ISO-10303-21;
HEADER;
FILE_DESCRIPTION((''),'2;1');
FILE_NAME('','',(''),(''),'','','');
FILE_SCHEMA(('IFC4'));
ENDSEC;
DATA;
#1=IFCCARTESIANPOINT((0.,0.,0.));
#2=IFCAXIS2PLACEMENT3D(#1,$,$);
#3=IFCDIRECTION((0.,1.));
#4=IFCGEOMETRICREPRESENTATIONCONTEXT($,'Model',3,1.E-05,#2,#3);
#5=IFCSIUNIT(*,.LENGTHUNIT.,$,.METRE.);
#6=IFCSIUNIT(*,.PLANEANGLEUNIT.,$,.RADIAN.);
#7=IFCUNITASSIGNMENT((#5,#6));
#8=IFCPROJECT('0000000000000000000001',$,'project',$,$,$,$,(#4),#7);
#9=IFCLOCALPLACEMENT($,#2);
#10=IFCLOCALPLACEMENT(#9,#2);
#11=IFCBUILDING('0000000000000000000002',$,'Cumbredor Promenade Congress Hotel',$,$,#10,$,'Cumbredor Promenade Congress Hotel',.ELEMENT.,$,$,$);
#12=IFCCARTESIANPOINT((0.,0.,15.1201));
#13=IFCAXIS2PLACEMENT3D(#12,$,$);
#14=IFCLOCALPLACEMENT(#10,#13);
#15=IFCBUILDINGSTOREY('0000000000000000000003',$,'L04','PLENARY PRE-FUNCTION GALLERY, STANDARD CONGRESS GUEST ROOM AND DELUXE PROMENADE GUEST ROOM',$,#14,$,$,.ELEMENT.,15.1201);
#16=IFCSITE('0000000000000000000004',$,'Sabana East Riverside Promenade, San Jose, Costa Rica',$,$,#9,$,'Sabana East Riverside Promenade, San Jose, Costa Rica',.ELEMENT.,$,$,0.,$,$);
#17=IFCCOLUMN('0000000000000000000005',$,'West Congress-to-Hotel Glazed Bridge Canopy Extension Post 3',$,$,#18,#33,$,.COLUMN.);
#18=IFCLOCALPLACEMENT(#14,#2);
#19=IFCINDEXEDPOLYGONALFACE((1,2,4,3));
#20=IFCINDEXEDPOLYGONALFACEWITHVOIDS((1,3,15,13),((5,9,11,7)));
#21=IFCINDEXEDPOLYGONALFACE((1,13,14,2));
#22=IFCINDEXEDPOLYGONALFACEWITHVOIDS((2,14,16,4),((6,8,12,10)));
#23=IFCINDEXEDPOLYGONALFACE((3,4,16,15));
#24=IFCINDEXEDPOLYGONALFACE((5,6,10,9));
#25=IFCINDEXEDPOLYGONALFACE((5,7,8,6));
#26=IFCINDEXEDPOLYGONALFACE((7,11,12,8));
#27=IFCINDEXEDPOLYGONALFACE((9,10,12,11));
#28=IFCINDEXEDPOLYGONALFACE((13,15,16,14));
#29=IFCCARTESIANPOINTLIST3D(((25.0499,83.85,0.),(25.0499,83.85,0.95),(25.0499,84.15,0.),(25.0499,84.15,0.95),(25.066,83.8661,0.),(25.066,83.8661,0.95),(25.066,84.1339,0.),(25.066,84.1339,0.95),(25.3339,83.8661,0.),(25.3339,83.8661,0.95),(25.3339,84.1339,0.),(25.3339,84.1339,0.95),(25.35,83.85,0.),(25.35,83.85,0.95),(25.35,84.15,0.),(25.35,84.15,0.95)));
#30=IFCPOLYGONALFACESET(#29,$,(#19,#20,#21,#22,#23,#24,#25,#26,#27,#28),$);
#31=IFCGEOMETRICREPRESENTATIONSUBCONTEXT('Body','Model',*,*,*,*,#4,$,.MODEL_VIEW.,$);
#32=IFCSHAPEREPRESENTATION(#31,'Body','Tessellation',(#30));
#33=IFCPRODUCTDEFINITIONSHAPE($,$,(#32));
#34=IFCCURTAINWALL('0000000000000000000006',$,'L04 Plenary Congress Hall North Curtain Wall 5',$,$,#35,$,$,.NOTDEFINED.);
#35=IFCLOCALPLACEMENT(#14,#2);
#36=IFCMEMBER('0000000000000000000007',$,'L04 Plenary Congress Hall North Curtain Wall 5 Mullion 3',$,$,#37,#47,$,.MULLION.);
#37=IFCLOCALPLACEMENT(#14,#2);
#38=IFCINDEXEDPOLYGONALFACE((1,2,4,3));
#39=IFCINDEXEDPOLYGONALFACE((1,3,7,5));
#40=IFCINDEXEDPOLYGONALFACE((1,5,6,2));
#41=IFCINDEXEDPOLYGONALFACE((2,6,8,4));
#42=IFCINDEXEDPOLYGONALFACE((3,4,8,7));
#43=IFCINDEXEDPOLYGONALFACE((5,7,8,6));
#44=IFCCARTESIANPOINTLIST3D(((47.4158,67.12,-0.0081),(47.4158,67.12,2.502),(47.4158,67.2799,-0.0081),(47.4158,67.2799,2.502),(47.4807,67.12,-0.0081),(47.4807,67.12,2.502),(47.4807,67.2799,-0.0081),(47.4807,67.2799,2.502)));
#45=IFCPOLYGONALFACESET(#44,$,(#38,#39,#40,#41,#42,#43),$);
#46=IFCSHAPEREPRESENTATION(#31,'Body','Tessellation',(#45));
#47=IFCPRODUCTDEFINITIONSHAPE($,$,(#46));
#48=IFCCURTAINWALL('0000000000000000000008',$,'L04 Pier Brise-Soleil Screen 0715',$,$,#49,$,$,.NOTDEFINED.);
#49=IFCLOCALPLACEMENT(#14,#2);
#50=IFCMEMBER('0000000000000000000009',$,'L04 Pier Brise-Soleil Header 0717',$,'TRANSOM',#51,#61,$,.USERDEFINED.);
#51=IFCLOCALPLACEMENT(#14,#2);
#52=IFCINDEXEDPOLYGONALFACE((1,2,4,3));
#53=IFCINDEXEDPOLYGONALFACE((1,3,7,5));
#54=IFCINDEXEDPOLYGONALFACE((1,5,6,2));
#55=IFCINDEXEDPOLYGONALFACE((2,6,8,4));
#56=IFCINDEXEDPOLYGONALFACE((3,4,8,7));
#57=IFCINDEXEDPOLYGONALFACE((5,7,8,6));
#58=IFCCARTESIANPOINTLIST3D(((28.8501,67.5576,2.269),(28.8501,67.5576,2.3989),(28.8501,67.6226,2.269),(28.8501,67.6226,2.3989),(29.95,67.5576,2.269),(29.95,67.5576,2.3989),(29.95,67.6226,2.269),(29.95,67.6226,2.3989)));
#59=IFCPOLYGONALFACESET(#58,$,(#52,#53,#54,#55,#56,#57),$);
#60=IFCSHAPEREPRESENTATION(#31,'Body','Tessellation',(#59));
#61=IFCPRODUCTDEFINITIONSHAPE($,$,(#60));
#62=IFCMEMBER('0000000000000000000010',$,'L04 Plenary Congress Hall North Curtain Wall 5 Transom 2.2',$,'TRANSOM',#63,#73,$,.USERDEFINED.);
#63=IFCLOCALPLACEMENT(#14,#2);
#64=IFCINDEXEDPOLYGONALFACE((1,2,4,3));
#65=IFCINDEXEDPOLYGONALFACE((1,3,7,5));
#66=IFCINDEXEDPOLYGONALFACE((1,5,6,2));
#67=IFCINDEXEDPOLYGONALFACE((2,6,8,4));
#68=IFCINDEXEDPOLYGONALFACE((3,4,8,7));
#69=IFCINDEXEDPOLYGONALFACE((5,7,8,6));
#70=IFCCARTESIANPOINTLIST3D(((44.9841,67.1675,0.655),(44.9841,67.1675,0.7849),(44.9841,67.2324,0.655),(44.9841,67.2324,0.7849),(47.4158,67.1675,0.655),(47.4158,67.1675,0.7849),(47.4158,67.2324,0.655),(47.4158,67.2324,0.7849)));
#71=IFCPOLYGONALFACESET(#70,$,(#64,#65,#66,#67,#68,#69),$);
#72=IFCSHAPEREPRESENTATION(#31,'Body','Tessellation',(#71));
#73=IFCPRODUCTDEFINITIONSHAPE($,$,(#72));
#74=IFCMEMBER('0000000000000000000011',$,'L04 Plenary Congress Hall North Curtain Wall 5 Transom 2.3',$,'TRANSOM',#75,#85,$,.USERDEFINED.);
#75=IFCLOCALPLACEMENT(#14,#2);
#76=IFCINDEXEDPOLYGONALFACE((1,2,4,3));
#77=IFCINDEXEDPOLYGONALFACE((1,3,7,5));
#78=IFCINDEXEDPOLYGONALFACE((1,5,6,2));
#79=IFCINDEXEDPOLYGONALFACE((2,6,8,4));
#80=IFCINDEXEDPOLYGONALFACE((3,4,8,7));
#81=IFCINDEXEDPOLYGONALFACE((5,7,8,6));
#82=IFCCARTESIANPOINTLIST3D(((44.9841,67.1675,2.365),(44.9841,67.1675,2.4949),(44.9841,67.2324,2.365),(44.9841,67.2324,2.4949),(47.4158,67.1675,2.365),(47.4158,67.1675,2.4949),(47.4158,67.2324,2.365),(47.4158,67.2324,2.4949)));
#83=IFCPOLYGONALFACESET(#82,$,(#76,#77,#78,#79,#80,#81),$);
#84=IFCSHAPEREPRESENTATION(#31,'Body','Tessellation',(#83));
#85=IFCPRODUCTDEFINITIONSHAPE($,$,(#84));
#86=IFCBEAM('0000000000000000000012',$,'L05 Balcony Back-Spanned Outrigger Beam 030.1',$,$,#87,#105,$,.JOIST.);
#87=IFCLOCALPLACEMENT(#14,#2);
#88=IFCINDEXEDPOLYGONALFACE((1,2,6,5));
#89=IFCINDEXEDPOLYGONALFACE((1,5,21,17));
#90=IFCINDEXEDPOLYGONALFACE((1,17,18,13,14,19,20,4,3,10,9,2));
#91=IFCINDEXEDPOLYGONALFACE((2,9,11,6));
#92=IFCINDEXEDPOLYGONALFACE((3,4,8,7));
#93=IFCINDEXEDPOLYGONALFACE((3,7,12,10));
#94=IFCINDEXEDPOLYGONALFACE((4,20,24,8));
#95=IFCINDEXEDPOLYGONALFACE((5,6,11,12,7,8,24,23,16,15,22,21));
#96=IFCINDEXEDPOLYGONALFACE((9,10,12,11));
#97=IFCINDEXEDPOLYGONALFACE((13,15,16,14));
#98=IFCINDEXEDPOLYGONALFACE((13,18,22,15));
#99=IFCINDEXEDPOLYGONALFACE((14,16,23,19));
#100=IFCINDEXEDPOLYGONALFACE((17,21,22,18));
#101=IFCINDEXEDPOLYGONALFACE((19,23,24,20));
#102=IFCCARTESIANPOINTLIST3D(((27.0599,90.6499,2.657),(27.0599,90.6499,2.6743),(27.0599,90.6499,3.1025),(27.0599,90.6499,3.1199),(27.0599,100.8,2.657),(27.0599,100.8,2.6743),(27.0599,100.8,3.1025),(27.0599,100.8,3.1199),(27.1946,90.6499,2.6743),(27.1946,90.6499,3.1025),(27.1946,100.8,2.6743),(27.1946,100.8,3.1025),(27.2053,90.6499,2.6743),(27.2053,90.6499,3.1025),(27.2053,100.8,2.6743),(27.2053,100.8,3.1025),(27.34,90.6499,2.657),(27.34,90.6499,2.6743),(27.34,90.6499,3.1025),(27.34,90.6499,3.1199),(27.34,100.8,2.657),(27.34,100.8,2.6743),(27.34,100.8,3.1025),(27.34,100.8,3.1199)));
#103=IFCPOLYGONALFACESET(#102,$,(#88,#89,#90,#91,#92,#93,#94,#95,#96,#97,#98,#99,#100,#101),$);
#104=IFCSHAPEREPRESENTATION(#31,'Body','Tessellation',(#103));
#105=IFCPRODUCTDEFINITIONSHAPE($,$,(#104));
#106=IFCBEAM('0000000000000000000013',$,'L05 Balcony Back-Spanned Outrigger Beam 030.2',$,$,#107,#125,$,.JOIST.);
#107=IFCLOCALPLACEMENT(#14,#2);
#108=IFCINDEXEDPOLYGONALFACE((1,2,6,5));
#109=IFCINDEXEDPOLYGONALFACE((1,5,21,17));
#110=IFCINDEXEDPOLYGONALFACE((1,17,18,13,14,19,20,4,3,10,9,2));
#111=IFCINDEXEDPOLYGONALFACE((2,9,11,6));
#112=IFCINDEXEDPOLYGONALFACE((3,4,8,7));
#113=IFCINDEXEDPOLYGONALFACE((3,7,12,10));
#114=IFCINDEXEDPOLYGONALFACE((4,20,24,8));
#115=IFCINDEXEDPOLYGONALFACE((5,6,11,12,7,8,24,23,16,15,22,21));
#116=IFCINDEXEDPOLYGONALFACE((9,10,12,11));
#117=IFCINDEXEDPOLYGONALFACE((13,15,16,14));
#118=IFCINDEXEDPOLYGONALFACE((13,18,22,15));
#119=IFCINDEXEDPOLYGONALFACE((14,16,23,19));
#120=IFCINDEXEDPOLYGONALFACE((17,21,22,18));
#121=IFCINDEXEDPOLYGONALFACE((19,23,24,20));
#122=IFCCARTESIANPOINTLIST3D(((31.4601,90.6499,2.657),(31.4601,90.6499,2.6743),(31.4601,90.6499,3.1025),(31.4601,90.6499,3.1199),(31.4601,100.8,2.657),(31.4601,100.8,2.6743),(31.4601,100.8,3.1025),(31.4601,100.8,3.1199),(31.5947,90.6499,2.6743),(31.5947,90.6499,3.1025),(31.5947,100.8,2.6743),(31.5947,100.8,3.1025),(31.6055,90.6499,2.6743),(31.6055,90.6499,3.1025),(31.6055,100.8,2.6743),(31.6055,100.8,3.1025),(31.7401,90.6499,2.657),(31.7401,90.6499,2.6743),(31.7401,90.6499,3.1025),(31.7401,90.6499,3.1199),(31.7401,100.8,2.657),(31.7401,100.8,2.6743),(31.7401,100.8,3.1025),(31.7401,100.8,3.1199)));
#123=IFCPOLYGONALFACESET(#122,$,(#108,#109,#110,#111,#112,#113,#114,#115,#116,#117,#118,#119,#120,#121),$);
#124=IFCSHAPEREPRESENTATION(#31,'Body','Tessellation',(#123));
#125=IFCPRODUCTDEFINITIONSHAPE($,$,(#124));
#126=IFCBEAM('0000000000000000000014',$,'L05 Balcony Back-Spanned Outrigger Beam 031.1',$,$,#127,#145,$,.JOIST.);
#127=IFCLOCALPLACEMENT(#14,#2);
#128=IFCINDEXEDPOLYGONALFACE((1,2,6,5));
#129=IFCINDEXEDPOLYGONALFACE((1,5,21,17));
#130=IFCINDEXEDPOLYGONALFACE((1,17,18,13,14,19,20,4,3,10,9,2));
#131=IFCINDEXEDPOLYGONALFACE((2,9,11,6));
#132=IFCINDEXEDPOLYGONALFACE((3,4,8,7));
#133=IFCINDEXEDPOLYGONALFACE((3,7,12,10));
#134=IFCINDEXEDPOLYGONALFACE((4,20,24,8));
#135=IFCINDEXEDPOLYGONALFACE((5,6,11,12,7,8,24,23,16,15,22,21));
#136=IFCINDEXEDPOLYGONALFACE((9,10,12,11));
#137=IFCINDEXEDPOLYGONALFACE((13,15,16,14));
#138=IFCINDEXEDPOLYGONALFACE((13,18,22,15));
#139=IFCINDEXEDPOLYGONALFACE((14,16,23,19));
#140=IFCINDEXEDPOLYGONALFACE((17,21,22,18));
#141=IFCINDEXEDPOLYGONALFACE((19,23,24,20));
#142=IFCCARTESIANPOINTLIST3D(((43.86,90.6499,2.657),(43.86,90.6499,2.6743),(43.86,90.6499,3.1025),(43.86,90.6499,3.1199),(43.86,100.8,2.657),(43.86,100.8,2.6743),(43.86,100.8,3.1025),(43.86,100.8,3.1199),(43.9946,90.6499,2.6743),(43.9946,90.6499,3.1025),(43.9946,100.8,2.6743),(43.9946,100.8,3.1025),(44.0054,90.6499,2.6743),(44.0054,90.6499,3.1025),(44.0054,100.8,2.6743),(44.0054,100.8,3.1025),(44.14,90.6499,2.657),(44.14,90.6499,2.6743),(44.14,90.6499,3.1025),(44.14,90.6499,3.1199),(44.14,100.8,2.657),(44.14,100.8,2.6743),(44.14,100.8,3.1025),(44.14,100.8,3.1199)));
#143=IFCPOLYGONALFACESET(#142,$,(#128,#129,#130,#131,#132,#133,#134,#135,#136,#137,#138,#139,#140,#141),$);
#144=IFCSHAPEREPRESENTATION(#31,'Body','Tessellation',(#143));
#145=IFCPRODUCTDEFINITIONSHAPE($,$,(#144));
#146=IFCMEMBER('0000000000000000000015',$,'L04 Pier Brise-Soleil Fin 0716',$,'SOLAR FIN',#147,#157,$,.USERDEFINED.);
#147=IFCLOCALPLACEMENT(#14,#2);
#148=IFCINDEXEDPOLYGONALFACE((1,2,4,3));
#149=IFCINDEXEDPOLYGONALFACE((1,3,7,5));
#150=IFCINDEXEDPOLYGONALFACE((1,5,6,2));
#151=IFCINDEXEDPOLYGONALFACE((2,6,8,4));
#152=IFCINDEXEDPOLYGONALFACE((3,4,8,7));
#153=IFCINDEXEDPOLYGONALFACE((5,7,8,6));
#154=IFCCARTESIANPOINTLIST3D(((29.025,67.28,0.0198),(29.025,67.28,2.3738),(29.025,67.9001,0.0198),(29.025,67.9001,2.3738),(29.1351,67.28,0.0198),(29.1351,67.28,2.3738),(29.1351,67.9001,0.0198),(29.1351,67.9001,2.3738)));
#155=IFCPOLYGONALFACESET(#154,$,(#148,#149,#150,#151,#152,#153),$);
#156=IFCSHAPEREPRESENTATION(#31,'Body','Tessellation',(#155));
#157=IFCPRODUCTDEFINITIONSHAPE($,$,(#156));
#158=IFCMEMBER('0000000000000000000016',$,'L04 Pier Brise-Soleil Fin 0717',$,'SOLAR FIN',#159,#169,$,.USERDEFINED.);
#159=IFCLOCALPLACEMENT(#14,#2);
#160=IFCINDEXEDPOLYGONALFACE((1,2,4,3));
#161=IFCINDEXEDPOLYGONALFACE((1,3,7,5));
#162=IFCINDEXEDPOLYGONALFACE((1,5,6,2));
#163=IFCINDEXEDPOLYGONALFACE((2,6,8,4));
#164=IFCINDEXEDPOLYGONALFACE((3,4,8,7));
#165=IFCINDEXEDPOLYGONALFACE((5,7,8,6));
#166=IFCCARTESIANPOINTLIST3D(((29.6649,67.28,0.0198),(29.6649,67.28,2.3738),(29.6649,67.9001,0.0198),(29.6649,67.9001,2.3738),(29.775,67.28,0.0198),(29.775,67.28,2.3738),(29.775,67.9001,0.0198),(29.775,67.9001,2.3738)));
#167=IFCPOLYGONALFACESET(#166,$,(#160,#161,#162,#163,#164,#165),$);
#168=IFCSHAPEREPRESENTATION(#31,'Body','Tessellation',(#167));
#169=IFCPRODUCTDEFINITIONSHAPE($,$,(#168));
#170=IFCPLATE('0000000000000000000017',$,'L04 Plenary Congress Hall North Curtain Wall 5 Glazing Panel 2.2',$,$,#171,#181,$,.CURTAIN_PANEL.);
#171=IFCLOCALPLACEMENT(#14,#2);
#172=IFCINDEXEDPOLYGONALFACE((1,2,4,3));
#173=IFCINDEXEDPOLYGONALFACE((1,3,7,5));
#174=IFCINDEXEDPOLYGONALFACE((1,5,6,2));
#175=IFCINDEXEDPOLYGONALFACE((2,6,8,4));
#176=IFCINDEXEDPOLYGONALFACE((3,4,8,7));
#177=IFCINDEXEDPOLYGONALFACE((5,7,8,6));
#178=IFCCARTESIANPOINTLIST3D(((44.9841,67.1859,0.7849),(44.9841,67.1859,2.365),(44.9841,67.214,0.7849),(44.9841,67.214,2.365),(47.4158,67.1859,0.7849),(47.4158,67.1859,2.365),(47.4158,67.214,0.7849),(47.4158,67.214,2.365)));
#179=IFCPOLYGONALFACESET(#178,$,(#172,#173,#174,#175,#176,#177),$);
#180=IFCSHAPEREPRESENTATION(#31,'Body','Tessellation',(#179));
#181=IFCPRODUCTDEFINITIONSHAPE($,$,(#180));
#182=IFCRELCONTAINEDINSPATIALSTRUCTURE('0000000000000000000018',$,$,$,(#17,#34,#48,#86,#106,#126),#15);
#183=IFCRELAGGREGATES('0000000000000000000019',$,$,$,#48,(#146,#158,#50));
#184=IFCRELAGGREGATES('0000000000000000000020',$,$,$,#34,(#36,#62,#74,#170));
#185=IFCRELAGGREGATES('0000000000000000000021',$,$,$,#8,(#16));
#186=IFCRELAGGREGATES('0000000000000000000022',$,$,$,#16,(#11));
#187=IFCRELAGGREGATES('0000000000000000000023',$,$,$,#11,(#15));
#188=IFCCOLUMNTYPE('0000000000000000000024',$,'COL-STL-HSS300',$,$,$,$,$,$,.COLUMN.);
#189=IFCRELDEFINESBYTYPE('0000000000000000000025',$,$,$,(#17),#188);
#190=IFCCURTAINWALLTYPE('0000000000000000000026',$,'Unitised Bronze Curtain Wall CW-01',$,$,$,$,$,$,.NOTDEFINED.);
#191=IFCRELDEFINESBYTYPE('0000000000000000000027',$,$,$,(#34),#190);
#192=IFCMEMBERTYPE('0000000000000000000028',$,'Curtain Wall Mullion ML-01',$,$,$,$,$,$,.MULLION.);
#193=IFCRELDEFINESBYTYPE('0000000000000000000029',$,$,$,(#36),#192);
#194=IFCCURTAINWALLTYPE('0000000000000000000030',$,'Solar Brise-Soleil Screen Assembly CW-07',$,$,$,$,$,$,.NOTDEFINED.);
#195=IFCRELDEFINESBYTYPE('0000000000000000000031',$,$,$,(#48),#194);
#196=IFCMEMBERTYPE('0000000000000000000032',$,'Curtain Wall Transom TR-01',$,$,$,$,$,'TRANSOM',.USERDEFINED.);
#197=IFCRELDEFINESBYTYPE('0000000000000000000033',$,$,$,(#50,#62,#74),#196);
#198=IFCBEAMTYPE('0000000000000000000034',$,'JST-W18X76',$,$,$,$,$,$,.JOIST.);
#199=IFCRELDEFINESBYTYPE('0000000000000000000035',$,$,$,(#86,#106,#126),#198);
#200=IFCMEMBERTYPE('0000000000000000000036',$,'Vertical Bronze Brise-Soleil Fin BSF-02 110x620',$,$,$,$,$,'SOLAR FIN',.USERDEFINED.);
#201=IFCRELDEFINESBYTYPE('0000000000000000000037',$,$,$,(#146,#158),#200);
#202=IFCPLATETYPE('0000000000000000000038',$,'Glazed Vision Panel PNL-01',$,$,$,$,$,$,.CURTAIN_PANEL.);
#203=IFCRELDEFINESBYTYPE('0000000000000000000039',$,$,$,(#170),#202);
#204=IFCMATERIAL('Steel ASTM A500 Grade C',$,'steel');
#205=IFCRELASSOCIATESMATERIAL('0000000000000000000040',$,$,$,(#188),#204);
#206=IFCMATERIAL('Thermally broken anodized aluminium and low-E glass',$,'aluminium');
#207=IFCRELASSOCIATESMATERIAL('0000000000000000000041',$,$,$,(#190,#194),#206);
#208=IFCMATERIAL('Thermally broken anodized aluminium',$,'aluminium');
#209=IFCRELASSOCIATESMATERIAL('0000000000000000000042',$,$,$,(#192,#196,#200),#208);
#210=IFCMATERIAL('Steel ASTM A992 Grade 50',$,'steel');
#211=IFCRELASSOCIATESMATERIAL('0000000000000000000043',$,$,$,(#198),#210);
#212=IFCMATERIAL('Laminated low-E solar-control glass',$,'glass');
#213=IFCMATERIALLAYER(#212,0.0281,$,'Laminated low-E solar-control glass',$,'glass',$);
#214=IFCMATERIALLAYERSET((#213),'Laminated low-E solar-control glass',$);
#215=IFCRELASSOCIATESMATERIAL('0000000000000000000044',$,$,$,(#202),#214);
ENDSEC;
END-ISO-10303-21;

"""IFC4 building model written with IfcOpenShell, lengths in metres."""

from ifc_helpers import new_model, si_unit, direction, frame, origin, origin_2d, place, context, subcontext, project, spatial, rectangle, hollow_rectangle, i_section, extrude, material, layer, layer_set, material_profile, profile_set, type_object, element, aggregate, save


model = new_model("IFC4")

# Units and contexts
model_context = context("Model", 3, precision=1e-05, world=origin(), true_north=direction((0.0, 1.0)))
body_context = subcontext(model_context, "Body", "Model", "MODEL_VIEW")
ifc_project = project(units=[si_unit("LENGTHUNIT", "METRE"), si_unit("PLANEANGLEUNIT", "RADIAN")], contexts=[model_context])

# Site, building, storey
site_placement = place(None, origin())
site = spatial("IfcSite", under=ifc_project, at=site_placement, Name="Sabana East Riverside Promenade, San Jose, Costa Rica", LongName="Sabana East Riverside Promenade, San Jose, Costa Rica", CompositionType="ELEMENT", RefElevation=0.0)
building_placement = place(site_placement, origin())
building = spatial("IfcBuilding", under=site, at=building_placement, Name="Cumbredor Promenade Congress Hotel", LongName="Cumbredor Promenade Congress Hotel", CompositionType="ELEMENT")
storey_placement = place(building_placement, frame((0.0, 0.0, 15.1201)))
storey = spatial("IfcBuildingStorey", under=building, at=storey_placement, Name="L04", Description="PLENARY PRE-FUNCTION GALLERY, STANDARD CONGRESS GUEST ROOM AND DELUXE PROMENADE GUEST ROOM", CompositionType="ELEMENT", Elevation=15.1201)

# Column
ifc_material_1 = material(Name="Steel ASTM A500 Grade C", Category="steel")
ifc_material_profile_1 = material_profile(ifc_material_1, hollow_rectangle(XDim=0.3, YDim=0.3, WallThickness=0.0161, at=origin_2d()), Name="HSS 300x300x16")
ifc_profile_set_1 = profile_set([ifc_material_profile_1], Name="Steel ASTM A500 Grade C")
column_type = type_object("IfcColumnType", Name="COL-STL-HSS300", PredefinedType="COLUMN", material=ifc_profile_set_1)
column_placement = place(storey_placement, frame((25.2, 84.0, 0.0), z_axis=(0.0, 0.0, 1.0), x_axis=(1.0, 0.0, 0.0)))
element("IfcColumn", 1, at=column_placement, inside=storey, type_object=column_type, Name="West Congress-to-Hotel Glazed Bridge Canopy Extension Post 3", PredefinedType="COLUMN", context=body_context, shape_type="SweptSolid", body=[
    extrude(hollow_rectangle(XDim=0.3, YDim=0.3, WallThickness=0.0161, at=origin_2d()), origin(), (0.0, 0.0, 1.0), 0.95),
])

# Curtain walls, members
ifc_material_2 = material(Name="Thermally broken anodized aluminium and low-E glass", Category="aluminium")
curtain_wall_type_1 = type_object("IfcCurtainWallType", Name="Unitised Bronze Curtain Wall CW-01", PredefinedType="NOTDEFINED", material=ifc_material_2)
curtain_wall_1_placement = place(storey_placement, origin())
curtain_wall_1 = element("IfcCurtainWall", 2, at=curtain_wall_1_placement, inside=storey, type_object=curtain_wall_type_1, Name="L04 Plenary Congress Hall North Curtain Wall 5", PredefinedType="NOTDEFINED")
ifc_material_3 = material(Name="Thermally broken anodized aluminium", Category="aluminium")
ifc_material_profile_2 = material_profile(ifc_material_3, rectangle(XDim=0.0649, YDim=0.1599, at=origin_2d()), Name="ALU MULLION 65x160")
ifc_profile_set_2 = profile_set([ifc_material_profile_2], Name="Thermally broken anodized aluminium")
member_type_1 = type_object("IfcMemberType", Name="Curtain Wall Mullion ML-01", PredefinedType="MULLION", material=ifc_profile_set_2)
member_1_placement = place(storey_placement, frame((47.4482, 67.2, -0.0081), z_axis=(0.0, 0.0, 1.0), x_axis=(1.0, 0.0, 0.0)))
member_1 = element("IfcMember", 3, at=member_1_placement, type_object=member_type_1, Name="L04 Plenary Congress Hall North Curtain Wall 5 Mullion 3", PredefinedType="MULLION", context=body_context, shape_type="SweptSolid", body=[
    extrude(rectangle(XDim=0.0649, YDim=0.1599, at=origin_2d()), origin(), (0.0, 0.0, 1.0), 2.51),
])
curtain_wall_type_2 = type_object("IfcCurtainWallType", Name="Solar Brise-Soleil Screen Assembly CW-07", PredefinedType="NOTDEFINED", material=ifc_material_2)
curtain_wall_2_placement = place(storey_placement, origin())
curtain_wall_2 = element("IfcCurtainWall", 4, at=curtain_wall_2_placement, inside=storey, type_object=curtain_wall_type_2, Name="L04 Pier Brise-Soleil Screen 0715", PredefinedType="NOTDEFINED")
ifc_material_profile_3 = material_profile(ifc_material_3, rectangle(XDim=0.0649, YDim=0.1299, at=origin_2d()), Name="ALU TRANSOM 65x130")
ifc_profile_set_3 = profile_set([ifc_material_profile_3], Name="Thermally broken anodized aluminium")
member_type_2 = type_object("IfcMemberType", Name="Curtain Wall Transom TR-01", ElementType="TRANSOM", PredefinedType="USERDEFINED", material=ifc_profile_set_3)
member_2_placement = place(storey_placement, frame((28.8501, 67.5901, 2.334), z_axis=(1.0, 0.0, 0.0), x_axis=(0.0, 1.0, 0.0)))
member_2 = element("IfcMember", 5, at=member_2_placement, type_object=member_type_2, Name="L04 Pier Brise-Soleil Header 0717", ObjectType="TRANSOM", PredefinedType="USERDEFINED", context=body_context, shape_type="SweptSolid", body=[
    extrude(rectangle(XDim=0.0649, YDim=0.1299, at=origin_2d()), origin(), (0.0, 0.0, 1.0), 1.0999),
])

# Members
member_3_placement = place(storey_placement, frame((44.9841, 67.2, 0.72), z_axis=(1.0, 0.0, 0.0), x_axis=(0.0, 1.0, 0.0)))
member_3 = element("IfcMember", 6, at=member_3_placement, type_object=member_type_2, Name="L04 Plenary Congress Hall North Curtain Wall 5 Transom 2.2", ObjectType="TRANSOM", PredefinedType="USERDEFINED", context=body_context, shape_type="SweptSolid", body=[
    extrude(rectangle(XDim=0.0649, YDim=0.1299, at=origin_2d()), origin(), (0.0, 0.0, 1.0), 2.4316),
])
member_4_placement = place(storey_placement, frame((44.9841, 67.2, 2.4299), z_axis=(1.0, 0.0, 0.0), x_axis=(0.0, 1.0, 0.0)))
member_4 = element("IfcMember", 7, at=member_4_placement, type_object=member_type_2, Name="L04 Plenary Congress Hall North Curtain Wall 5 Transom 2.3", ObjectType="TRANSOM", PredefinedType="USERDEFINED", context=body_context, shape_type="SweptSolid", body=[
    extrude(rectangle(XDim=0.0649, YDim=0.1299, at=origin_2d()), origin(), (0.0, 0.0, 1.0), 2.4316),
])

# Beams
ifc_material_4 = material(Name="Steel ASTM A992 Grade 50", Category="steel")
ifc_material_profile_4 = material_profile(ifc_material_4, i_section(OverallWidth=0.28, OverallDepth=0.4629, WebThickness=0.0107, FlangeThickness=0.0173, at=origin_2d()), Name="W18X76")
ifc_profile_set_4 = profile_set([ifc_material_profile_4], Name="Steel ASTM A992 Grade 50")
beam_type = type_object("IfcBeamType", Name="JST-W18X76", PredefinedType="JOIST", material=ifc_profile_set_4)
for number, where, z_axis, x_axis, name in (
    (8, (27.2, 90.6499, 2.8884), (0.0, 1.0, 0.0), (-1.0, 0.0, 0.0), "L05 Balcony Back-Spanned Outrigger Beam 030.1"),
    (9, (31.6001, 90.6499, 2.8884), (0.0, 1.0, 0.0), (-1.0, 0.0, 0.0), "L05 Balcony Back-Spanned Outrigger Beam 030.2"),
    (10, (44.0, 90.6499, 2.8884), (0.0, 1.0, 0.0), (-1.0, 0.0, 0.0), "L05 Balcony Back-Spanned Outrigger Beam 031.1"),
):
    element("IfcBeam", number, at=place(storey_placement, frame(where, z_axis=z_axis, x_axis=x_axis)), inside=storey, type_object=beam_type, Name=name, PredefinedType="JOIST", context=body_context, shape_type="SweptSolid", body=[
        extrude(i_section(OverallWidth=0.28, OverallDepth=0.4629, WebThickness=0.0107, FlangeThickness=0.0173, at=origin_2d()), origin(), (0.0, 0.0, 1.0), 10.1501),
    ])

# Members
ifc_material_profile_5 = material_profile(ifc_material_3, rectangle(XDim=0.1101, YDim=0.6201, at=origin_2d()), Name="ARCH FIN 110x620")
ifc_profile_set_5 = profile_set([ifc_material_profile_5], Name="Thermally broken anodized aluminium")
member_type_3 = type_object("IfcMemberType", Name="Vertical Bronze Brise-Soleil Fin BSF-02 110x620", ElementType="SOLAR FIN", PredefinedType="USERDEFINED", material=ifc_profile_set_5)
member_5_placement = place(storey_placement, frame((29.0801, 67.5901, 0.0198), z_axis=(0.0, 0.0, 1.0), x_axis=(1.0, 0.0, 0.0)))
member_5 = element("IfcMember", 11, at=member_5_placement, type_object=member_type_3, Name="L04 Pier Brise-Soleil Fin 0716", ObjectType="SOLAR FIN", PredefinedType="USERDEFINED", context=body_context, shape_type="SweptSolid", body=[
    extrude(rectangle(XDim=0.1101, YDim=0.6201, at=origin_2d()), origin(), (0.0, 0.0, 1.0), 2.354),
])
member_6_placement = place(storey_placement, frame((29.72, 67.5901, 0.0198), z_axis=(0.0, 0.0, 1.0), x_axis=(1.0, 0.0, 0.0)))
member_6 = element("IfcMember", 12, at=member_6_placement, type_object=member_type_3, Name="L04 Pier Brise-Soleil Fin 0717", ObjectType="SOLAR FIN", PredefinedType="USERDEFINED", context=body_context, shape_type="SweptSolid", body=[
    extrude(rectangle(XDim=0.1101, YDim=0.6201, at=origin_2d()), origin(), (0.0, 0.0, 1.0), 2.354),
])
aggregate(curtain_wall_2, [member_5, member_6, member_2])

# Plate
ifc_material_5 = material(Name="Laminated low-E solar-control glass", Category="glass")
ifc_layer_1 = layer(ifc_material_5, 0.0281, Name="Laminated low-E solar-control glass", Category="glass")
ifc_layer_set_1 = layer_set([ifc_layer_1], Name="Laminated low-E solar-control glass")
plate_type_1 = type_object("IfcPlateType", Name="Glazed Vision Panel PNL-01", PredefinedType="CURTAIN_PANEL", material=ifc_layer_set_1)
plate_1_placement = place(storey_placement, frame((46.2, 67.2, 0.7849), z_axis=(0.0, 0.0, 1.0), x_axis=(1.0, 0.0, 0.0)))
plate_1 = element("IfcPlate", 13, at=plate_1_placement, type_object=plate_type_1, Name="L04 Plenary Congress Hall North Curtain Wall 5 Glazing Panel 2.2", PredefinedType="CURTAIN_PANEL", context=body_context, shape_type="SweptSolid", body=[
    extrude(rectangle(XDim=2.4316, YDim=0.0281, at=origin_2d()), origin(), (0.0, 0.0, 1.0), 1.5801),
])

aggregate(curtain_wall_1, [member_1, member_3, member_4, plate_1])

save(model, "model.ifc")
